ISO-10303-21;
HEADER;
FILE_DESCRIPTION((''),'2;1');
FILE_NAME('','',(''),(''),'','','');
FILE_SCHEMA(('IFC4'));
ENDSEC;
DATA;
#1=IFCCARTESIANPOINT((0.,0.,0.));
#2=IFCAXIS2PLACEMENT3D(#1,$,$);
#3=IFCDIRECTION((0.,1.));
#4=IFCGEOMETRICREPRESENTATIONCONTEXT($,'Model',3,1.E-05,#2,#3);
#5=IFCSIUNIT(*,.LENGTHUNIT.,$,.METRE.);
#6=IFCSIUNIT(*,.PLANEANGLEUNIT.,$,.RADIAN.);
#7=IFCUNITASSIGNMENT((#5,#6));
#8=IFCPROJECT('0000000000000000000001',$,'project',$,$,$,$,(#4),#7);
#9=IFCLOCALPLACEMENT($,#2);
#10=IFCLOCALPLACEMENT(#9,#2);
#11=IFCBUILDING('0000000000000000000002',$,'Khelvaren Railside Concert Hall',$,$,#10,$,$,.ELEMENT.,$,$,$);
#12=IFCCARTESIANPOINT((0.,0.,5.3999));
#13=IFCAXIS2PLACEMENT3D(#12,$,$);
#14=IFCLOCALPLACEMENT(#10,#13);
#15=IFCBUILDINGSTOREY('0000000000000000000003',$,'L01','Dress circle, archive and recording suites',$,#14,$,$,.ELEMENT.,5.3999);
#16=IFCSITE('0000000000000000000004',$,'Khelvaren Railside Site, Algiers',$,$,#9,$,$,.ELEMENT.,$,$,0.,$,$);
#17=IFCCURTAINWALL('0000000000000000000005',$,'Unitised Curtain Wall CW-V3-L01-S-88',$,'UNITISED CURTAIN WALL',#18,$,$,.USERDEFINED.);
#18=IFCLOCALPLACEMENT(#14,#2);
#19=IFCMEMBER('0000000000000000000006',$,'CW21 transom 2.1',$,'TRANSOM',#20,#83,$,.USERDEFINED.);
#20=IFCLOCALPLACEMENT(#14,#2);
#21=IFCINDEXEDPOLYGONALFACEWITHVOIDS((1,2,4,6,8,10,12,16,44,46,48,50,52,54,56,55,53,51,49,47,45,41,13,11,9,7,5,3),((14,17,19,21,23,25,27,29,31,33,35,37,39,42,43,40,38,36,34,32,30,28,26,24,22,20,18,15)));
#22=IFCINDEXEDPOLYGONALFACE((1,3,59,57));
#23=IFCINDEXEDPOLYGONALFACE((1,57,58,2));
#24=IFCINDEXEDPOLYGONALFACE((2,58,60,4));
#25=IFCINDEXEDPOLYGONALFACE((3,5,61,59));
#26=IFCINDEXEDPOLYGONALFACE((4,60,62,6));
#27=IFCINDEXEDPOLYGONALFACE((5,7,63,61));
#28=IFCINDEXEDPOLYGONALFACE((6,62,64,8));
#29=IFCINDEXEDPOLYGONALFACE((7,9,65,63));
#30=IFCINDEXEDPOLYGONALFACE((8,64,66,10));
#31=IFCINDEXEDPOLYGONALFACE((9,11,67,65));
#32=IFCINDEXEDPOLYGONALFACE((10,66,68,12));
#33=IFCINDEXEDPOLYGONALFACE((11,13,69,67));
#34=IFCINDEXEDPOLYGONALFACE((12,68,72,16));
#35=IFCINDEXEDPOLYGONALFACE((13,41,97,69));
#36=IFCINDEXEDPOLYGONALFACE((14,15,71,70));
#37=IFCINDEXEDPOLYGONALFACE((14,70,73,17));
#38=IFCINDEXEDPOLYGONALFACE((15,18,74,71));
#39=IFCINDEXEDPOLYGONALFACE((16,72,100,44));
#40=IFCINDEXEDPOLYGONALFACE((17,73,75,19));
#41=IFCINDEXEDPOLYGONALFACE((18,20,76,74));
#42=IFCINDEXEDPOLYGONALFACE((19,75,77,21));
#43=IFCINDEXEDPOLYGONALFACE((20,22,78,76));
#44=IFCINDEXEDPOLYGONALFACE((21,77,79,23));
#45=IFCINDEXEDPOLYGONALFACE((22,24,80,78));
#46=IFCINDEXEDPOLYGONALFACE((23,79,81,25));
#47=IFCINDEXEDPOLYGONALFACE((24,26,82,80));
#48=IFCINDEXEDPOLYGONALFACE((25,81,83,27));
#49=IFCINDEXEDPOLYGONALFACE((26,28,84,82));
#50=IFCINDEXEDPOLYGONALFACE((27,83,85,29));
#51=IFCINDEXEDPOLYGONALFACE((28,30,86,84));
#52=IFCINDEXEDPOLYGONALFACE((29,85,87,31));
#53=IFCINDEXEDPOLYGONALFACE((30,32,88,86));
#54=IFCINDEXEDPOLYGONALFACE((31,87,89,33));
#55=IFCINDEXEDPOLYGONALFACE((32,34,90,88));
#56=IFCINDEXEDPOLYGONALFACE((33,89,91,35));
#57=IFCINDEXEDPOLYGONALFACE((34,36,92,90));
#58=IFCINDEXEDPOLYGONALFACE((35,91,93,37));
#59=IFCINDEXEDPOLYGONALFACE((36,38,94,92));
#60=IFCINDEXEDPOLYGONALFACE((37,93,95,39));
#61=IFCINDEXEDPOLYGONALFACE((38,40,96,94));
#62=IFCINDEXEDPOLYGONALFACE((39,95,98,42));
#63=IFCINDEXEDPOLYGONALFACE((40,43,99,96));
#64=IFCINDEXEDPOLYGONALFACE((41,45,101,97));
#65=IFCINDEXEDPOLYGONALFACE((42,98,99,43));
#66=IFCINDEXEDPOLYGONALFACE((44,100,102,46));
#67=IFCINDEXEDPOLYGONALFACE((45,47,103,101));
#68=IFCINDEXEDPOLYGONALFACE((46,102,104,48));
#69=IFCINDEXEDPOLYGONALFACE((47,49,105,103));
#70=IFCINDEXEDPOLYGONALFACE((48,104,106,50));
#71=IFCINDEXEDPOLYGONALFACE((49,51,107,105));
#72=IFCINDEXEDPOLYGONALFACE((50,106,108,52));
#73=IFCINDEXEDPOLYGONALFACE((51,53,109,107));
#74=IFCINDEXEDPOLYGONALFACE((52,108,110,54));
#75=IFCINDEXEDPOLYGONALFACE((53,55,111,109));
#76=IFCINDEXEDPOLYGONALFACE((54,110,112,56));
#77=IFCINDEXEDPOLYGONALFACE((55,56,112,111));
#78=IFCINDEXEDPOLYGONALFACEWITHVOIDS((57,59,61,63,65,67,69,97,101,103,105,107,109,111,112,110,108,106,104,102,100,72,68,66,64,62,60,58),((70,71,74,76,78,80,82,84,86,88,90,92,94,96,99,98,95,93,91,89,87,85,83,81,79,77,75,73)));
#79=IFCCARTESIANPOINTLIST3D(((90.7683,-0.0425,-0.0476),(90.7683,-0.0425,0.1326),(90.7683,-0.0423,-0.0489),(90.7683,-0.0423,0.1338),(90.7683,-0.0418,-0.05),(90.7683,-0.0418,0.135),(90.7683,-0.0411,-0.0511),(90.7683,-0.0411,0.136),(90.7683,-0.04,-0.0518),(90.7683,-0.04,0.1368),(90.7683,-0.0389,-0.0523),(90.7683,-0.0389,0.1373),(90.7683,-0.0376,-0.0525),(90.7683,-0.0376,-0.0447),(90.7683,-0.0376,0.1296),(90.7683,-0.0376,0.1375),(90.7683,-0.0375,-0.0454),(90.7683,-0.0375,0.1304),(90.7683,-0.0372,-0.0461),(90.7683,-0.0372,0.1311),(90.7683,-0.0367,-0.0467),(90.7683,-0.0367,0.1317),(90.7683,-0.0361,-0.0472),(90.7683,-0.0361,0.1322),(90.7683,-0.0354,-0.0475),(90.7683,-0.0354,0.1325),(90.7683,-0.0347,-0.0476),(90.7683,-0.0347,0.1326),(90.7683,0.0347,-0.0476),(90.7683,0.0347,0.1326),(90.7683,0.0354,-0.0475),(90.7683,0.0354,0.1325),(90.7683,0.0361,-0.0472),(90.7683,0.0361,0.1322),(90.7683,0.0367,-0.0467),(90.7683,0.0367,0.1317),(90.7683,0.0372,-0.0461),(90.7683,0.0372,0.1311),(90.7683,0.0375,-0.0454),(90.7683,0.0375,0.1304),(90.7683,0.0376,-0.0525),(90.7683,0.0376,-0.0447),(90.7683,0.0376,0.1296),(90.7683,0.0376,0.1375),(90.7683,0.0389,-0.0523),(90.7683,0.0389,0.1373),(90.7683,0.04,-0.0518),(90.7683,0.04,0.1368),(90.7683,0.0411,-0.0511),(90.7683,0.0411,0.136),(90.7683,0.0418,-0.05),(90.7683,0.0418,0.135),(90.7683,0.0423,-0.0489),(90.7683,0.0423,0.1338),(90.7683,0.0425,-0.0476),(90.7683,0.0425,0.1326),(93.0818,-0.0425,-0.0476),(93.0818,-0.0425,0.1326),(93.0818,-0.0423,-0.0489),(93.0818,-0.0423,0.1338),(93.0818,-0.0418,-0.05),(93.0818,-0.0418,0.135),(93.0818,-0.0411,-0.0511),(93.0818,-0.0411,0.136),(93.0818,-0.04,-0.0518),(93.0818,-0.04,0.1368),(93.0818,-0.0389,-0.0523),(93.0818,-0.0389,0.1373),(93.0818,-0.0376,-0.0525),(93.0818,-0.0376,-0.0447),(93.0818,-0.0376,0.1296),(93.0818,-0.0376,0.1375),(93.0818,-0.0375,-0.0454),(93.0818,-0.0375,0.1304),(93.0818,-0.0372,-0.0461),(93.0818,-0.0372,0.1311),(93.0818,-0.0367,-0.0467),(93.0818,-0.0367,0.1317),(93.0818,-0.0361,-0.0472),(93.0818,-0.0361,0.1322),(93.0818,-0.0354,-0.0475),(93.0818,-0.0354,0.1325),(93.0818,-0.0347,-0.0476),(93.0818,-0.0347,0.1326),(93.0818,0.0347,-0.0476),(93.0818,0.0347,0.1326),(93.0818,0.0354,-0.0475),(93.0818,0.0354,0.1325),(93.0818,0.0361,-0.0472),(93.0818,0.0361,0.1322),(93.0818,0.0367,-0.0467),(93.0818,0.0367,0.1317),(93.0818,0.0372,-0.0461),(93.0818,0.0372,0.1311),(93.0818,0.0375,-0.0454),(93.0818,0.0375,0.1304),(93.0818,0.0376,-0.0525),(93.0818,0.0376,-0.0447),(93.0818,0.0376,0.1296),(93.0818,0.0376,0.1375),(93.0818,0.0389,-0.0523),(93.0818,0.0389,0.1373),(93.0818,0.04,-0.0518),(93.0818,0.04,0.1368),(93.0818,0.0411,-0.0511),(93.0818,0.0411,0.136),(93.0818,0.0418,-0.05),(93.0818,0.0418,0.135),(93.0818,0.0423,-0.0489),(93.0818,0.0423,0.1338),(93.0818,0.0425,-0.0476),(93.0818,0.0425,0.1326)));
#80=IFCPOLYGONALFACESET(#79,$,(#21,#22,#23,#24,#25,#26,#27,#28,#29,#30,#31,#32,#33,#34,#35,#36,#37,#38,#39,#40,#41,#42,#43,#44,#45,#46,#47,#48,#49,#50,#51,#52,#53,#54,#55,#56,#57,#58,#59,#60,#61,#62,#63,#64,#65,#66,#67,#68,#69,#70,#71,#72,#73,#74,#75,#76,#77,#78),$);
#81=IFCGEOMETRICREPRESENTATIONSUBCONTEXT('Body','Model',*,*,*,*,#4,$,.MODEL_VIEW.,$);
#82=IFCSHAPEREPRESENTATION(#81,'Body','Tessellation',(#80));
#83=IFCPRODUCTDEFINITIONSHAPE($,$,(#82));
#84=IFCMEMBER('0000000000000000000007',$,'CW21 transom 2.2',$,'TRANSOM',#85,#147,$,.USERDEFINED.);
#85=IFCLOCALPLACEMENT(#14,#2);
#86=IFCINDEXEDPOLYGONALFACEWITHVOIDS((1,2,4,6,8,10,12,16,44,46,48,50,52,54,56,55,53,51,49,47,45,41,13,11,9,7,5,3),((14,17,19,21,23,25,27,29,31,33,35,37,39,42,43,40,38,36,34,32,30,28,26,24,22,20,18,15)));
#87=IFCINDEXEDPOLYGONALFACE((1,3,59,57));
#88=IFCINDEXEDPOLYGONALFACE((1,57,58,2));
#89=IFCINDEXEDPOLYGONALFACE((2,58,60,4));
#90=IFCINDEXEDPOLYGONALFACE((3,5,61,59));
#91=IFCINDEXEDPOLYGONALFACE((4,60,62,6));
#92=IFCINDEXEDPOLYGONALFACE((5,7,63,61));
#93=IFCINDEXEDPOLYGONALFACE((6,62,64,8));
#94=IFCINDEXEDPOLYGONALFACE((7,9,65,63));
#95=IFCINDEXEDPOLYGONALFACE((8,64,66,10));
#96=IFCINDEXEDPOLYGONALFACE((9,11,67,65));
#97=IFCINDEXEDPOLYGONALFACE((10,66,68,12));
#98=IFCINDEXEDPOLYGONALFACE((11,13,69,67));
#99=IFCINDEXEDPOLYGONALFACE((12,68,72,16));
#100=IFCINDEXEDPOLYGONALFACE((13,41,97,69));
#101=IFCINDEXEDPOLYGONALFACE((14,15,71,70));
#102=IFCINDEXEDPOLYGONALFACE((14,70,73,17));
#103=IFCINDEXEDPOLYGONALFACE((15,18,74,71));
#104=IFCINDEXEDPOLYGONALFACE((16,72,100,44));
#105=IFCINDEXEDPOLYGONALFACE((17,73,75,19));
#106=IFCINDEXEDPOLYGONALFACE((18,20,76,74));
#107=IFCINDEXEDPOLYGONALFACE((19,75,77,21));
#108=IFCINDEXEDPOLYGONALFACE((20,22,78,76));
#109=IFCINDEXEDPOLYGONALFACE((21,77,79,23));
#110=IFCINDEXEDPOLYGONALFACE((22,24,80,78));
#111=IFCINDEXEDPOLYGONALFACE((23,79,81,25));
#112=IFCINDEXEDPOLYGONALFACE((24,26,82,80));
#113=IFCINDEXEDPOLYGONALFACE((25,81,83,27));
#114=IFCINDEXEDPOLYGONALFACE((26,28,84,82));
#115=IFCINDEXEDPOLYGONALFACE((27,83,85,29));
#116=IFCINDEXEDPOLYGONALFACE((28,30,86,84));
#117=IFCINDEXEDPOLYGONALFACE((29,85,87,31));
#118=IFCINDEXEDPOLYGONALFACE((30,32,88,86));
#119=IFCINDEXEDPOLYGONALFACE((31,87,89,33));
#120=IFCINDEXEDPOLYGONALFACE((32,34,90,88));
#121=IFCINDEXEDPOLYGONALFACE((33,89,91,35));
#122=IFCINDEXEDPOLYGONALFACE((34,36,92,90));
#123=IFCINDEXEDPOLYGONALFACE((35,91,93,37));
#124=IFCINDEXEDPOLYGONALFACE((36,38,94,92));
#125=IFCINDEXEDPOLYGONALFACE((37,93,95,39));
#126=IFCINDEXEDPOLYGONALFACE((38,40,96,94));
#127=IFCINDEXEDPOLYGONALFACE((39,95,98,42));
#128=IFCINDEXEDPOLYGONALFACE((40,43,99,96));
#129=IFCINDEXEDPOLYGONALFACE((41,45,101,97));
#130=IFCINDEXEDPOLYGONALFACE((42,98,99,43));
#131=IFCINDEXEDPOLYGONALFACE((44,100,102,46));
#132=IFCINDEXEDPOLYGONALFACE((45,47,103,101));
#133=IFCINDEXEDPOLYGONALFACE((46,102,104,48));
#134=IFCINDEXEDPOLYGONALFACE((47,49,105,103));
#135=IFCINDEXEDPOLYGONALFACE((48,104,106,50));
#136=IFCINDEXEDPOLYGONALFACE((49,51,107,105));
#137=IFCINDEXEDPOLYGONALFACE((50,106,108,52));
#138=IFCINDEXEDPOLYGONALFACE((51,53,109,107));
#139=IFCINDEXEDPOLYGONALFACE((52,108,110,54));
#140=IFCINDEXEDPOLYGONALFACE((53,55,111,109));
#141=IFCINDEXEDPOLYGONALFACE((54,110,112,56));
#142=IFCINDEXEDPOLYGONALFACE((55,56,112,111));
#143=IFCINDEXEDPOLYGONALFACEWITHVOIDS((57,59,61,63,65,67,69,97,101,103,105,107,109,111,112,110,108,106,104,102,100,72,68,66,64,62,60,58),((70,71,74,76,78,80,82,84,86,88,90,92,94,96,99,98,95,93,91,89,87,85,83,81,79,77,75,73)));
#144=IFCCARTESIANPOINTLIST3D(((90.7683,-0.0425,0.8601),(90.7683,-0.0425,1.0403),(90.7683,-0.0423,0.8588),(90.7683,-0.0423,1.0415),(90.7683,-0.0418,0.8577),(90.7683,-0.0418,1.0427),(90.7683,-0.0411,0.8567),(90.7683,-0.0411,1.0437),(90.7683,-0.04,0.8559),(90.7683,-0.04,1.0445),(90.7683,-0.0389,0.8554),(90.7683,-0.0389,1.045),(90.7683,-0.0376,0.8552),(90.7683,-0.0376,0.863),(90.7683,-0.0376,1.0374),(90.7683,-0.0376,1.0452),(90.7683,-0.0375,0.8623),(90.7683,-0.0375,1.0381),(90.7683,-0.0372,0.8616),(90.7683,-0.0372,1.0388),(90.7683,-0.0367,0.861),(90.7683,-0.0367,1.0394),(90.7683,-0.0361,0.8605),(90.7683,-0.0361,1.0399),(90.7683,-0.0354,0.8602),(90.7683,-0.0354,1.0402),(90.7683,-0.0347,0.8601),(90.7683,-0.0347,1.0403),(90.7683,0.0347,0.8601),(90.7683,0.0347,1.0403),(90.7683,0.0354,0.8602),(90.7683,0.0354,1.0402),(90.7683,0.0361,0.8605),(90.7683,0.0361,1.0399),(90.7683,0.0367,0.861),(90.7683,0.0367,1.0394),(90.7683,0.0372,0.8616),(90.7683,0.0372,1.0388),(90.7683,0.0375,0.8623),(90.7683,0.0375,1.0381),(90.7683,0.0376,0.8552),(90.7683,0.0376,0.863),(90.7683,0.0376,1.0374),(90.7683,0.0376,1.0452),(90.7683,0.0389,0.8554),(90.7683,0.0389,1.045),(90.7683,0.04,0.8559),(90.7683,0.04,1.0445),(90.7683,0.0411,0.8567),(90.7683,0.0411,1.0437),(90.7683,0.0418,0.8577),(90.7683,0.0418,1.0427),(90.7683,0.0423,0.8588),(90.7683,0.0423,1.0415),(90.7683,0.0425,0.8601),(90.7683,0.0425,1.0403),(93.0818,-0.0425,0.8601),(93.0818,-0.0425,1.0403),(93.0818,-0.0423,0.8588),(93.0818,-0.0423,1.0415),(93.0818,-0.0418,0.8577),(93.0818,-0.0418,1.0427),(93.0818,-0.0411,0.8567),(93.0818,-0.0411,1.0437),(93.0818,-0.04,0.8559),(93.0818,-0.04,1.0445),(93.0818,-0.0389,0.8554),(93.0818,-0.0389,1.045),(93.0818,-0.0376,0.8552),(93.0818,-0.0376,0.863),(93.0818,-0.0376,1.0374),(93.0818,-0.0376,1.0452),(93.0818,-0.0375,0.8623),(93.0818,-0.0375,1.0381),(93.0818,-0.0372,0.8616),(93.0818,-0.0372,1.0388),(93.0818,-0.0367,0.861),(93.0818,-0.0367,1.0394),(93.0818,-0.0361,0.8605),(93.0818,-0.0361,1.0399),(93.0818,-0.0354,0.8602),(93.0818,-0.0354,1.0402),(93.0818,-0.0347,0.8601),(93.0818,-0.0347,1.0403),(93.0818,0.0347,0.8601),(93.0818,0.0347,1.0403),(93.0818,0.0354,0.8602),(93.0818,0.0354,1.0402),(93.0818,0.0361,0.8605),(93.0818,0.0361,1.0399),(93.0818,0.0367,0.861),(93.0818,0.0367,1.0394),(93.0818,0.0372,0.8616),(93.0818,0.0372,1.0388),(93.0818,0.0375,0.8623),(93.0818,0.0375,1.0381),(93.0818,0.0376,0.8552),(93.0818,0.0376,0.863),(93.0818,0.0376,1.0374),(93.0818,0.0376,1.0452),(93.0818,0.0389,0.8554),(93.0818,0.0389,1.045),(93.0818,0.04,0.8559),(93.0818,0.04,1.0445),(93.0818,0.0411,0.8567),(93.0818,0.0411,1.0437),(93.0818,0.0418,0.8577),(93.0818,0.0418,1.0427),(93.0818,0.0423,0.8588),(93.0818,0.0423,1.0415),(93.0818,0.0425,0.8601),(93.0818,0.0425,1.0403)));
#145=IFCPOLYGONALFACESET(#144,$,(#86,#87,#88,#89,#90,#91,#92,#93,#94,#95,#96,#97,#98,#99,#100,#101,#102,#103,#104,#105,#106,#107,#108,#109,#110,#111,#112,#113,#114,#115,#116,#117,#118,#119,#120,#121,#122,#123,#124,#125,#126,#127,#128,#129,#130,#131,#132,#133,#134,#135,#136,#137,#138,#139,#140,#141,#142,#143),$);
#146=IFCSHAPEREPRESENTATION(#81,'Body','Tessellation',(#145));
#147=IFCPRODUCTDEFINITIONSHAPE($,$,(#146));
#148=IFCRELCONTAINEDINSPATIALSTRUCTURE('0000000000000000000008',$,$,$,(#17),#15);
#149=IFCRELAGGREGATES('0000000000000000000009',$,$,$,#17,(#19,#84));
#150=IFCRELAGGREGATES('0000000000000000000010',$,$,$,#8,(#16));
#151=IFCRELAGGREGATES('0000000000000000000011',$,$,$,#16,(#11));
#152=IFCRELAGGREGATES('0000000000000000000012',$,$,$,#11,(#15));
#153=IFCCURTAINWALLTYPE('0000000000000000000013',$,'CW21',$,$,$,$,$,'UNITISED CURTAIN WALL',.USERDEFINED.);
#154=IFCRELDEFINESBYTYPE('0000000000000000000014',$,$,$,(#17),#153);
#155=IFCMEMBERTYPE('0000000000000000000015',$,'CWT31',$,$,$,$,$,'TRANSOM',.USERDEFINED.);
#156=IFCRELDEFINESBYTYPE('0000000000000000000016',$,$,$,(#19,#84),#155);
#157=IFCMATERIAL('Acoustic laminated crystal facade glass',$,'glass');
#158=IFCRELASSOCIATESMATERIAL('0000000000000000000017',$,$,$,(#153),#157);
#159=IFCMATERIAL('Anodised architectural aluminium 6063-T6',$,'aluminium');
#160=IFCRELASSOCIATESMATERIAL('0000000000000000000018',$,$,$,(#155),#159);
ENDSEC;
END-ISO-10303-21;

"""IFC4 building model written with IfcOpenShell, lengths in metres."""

from ifc_helpers import new_model, si_unit, direction, frame, origin, origin_2d, place, context, subcontext, project, spatial, hollow_rectangle, extrude, material, material_profile, profile_set, type_object, element, aggregate, save


model = new_model("IFC4")

# Units and contexts
model_context = context("Model", 3, precision=1e-05, world=origin(), true_north=direction((0.0, 1.0)))
body_context = subcontext(model_context, "Body", "Model", "MODEL_VIEW")
ifc_project = project(units=[si_unit("LENGTHUNIT", "METRE"), si_unit("PLANEANGLEUNIT", "RADIAN")], contexts=[model_context])

# Site, building, storey
site_placement = place(None, origin())
site = spatial("IfcSite", under=ifc_project, at=site_placement, Name="Khelvaren Railside Site, Algiers", CompositionType="ELEMENT", RefElevation=0.0)
building_placement = place(site_placement, origin())
building = spatial("IfcBuilding", under=site, at=building_placement, Name="Khelvaren Railside Concert Hall", CompositionType="ELEMENT")
storey_placement = place(building_placement, frame((0.0, 0.0, 5.3999)))
storey = spatial("IfcBuildingStorey", under=building, at=storey_placement, Name="L01", Description="Dress circle, archive and recording suites", CompositionType="ELEMENT", Elevation=5.3999)

# Curtain wall
ifc_material_1 = material(Name="Acoustic laminated crystal facade glass", Category="glass")
curtain_wall_type_1 = type_object("IfcCurtainWallType", Name="CW21", ElementType="UNITISED CURTAIN WALL", PredefinedType="USERDEFINED", material=ifc_material_1)
curtain_wall_1_placement = place(storey_placement, origin())
curtain_wall_1 = element("IfcCurtainWall", 1, at=curtain_wall_1_placement, inside=storey, type_object=curtain_wall_type_1, Name="Unitised Curtain Wall CW-V3-L01-S-88", ObjectType="UNITISED CURTAIN WALL", PredefinedType="USERDEFINED")
ifc_material_2 = material(Name="Anodised architectural aluminium 6063-T6", Category="aluminium")

# Members
ifc_material_profile_1 = material_profile(ifc_material_2, hollow_rectangle(XDim=0.085, YDim=0.1899, WallThickness=0.0049, InnerFilletRadius=0.0029, OuterFilletRadius=0.0049, at=origin_2d()), Name="CWT 85x190x5")
ifc_profile_set_1 = profile_set([ifc_material_profile_1], Name="Anodised architectural aluminium 6063-T6")
member_type_1 = type_object("IfcMemberType", Name="CWT31", ElementType="TRANSOM", PredefinedType="USERDEFINED", material=ifc_profile_set_1)
member_1_placement = place(storey_placement, frame((93.0818, 0.0, 0.0425), z_axis=(-1.0, 0.0, 0.0), x_axis=(0.0, -1.0, 0.0)))
member_1 = element("IfcMember", 2, at=member_1_placement, type_object=member_type_1, Name="CW21 transom 2.1", ObjectType="TRANSOM", PredefinedType="USERDEFINED", context=body_context, shape_type="SweptSolid", body=[
    extrude(hollow_rectangle(XDim=0.085, YDim=0.1899, WallThickness=0.0049, InnerFilletRadius=0.0029, OuterFilletRadius=0.0049, at=origin_2d()), origin(), (0.0, 0.0, 1.0), 2.3135),
])
member_2_placement = place(storey_placement, frame((93.0818, 0.0, 0.9502), z_axis=(-1.0, 0.0, 0.0), x_axis=(0.0, -1.0, 0.0)))
member_2 = element("IfcMember", 3, at=member_2_placement, type_object=member_type_1, Name="CW21 transom 2.2", ObjectType="TRANSOM", PredefinedType="USERDEFINED", context=body_context, shape_type="SweptSolid", body=[
    extrude(hollow_rectangle(XDim=0.085, YDim=0.1899, WallThickness=0.0049, InnerFilletRadius=0.0029, OuterFilletRadius=0.0049, at=origin_2d()), origin(), (0.0, 0.0, 1.0), 2.3135),
])

aggregate(curtain_wall_1, [member_1, member_2])

save(model, "model.ifc")
